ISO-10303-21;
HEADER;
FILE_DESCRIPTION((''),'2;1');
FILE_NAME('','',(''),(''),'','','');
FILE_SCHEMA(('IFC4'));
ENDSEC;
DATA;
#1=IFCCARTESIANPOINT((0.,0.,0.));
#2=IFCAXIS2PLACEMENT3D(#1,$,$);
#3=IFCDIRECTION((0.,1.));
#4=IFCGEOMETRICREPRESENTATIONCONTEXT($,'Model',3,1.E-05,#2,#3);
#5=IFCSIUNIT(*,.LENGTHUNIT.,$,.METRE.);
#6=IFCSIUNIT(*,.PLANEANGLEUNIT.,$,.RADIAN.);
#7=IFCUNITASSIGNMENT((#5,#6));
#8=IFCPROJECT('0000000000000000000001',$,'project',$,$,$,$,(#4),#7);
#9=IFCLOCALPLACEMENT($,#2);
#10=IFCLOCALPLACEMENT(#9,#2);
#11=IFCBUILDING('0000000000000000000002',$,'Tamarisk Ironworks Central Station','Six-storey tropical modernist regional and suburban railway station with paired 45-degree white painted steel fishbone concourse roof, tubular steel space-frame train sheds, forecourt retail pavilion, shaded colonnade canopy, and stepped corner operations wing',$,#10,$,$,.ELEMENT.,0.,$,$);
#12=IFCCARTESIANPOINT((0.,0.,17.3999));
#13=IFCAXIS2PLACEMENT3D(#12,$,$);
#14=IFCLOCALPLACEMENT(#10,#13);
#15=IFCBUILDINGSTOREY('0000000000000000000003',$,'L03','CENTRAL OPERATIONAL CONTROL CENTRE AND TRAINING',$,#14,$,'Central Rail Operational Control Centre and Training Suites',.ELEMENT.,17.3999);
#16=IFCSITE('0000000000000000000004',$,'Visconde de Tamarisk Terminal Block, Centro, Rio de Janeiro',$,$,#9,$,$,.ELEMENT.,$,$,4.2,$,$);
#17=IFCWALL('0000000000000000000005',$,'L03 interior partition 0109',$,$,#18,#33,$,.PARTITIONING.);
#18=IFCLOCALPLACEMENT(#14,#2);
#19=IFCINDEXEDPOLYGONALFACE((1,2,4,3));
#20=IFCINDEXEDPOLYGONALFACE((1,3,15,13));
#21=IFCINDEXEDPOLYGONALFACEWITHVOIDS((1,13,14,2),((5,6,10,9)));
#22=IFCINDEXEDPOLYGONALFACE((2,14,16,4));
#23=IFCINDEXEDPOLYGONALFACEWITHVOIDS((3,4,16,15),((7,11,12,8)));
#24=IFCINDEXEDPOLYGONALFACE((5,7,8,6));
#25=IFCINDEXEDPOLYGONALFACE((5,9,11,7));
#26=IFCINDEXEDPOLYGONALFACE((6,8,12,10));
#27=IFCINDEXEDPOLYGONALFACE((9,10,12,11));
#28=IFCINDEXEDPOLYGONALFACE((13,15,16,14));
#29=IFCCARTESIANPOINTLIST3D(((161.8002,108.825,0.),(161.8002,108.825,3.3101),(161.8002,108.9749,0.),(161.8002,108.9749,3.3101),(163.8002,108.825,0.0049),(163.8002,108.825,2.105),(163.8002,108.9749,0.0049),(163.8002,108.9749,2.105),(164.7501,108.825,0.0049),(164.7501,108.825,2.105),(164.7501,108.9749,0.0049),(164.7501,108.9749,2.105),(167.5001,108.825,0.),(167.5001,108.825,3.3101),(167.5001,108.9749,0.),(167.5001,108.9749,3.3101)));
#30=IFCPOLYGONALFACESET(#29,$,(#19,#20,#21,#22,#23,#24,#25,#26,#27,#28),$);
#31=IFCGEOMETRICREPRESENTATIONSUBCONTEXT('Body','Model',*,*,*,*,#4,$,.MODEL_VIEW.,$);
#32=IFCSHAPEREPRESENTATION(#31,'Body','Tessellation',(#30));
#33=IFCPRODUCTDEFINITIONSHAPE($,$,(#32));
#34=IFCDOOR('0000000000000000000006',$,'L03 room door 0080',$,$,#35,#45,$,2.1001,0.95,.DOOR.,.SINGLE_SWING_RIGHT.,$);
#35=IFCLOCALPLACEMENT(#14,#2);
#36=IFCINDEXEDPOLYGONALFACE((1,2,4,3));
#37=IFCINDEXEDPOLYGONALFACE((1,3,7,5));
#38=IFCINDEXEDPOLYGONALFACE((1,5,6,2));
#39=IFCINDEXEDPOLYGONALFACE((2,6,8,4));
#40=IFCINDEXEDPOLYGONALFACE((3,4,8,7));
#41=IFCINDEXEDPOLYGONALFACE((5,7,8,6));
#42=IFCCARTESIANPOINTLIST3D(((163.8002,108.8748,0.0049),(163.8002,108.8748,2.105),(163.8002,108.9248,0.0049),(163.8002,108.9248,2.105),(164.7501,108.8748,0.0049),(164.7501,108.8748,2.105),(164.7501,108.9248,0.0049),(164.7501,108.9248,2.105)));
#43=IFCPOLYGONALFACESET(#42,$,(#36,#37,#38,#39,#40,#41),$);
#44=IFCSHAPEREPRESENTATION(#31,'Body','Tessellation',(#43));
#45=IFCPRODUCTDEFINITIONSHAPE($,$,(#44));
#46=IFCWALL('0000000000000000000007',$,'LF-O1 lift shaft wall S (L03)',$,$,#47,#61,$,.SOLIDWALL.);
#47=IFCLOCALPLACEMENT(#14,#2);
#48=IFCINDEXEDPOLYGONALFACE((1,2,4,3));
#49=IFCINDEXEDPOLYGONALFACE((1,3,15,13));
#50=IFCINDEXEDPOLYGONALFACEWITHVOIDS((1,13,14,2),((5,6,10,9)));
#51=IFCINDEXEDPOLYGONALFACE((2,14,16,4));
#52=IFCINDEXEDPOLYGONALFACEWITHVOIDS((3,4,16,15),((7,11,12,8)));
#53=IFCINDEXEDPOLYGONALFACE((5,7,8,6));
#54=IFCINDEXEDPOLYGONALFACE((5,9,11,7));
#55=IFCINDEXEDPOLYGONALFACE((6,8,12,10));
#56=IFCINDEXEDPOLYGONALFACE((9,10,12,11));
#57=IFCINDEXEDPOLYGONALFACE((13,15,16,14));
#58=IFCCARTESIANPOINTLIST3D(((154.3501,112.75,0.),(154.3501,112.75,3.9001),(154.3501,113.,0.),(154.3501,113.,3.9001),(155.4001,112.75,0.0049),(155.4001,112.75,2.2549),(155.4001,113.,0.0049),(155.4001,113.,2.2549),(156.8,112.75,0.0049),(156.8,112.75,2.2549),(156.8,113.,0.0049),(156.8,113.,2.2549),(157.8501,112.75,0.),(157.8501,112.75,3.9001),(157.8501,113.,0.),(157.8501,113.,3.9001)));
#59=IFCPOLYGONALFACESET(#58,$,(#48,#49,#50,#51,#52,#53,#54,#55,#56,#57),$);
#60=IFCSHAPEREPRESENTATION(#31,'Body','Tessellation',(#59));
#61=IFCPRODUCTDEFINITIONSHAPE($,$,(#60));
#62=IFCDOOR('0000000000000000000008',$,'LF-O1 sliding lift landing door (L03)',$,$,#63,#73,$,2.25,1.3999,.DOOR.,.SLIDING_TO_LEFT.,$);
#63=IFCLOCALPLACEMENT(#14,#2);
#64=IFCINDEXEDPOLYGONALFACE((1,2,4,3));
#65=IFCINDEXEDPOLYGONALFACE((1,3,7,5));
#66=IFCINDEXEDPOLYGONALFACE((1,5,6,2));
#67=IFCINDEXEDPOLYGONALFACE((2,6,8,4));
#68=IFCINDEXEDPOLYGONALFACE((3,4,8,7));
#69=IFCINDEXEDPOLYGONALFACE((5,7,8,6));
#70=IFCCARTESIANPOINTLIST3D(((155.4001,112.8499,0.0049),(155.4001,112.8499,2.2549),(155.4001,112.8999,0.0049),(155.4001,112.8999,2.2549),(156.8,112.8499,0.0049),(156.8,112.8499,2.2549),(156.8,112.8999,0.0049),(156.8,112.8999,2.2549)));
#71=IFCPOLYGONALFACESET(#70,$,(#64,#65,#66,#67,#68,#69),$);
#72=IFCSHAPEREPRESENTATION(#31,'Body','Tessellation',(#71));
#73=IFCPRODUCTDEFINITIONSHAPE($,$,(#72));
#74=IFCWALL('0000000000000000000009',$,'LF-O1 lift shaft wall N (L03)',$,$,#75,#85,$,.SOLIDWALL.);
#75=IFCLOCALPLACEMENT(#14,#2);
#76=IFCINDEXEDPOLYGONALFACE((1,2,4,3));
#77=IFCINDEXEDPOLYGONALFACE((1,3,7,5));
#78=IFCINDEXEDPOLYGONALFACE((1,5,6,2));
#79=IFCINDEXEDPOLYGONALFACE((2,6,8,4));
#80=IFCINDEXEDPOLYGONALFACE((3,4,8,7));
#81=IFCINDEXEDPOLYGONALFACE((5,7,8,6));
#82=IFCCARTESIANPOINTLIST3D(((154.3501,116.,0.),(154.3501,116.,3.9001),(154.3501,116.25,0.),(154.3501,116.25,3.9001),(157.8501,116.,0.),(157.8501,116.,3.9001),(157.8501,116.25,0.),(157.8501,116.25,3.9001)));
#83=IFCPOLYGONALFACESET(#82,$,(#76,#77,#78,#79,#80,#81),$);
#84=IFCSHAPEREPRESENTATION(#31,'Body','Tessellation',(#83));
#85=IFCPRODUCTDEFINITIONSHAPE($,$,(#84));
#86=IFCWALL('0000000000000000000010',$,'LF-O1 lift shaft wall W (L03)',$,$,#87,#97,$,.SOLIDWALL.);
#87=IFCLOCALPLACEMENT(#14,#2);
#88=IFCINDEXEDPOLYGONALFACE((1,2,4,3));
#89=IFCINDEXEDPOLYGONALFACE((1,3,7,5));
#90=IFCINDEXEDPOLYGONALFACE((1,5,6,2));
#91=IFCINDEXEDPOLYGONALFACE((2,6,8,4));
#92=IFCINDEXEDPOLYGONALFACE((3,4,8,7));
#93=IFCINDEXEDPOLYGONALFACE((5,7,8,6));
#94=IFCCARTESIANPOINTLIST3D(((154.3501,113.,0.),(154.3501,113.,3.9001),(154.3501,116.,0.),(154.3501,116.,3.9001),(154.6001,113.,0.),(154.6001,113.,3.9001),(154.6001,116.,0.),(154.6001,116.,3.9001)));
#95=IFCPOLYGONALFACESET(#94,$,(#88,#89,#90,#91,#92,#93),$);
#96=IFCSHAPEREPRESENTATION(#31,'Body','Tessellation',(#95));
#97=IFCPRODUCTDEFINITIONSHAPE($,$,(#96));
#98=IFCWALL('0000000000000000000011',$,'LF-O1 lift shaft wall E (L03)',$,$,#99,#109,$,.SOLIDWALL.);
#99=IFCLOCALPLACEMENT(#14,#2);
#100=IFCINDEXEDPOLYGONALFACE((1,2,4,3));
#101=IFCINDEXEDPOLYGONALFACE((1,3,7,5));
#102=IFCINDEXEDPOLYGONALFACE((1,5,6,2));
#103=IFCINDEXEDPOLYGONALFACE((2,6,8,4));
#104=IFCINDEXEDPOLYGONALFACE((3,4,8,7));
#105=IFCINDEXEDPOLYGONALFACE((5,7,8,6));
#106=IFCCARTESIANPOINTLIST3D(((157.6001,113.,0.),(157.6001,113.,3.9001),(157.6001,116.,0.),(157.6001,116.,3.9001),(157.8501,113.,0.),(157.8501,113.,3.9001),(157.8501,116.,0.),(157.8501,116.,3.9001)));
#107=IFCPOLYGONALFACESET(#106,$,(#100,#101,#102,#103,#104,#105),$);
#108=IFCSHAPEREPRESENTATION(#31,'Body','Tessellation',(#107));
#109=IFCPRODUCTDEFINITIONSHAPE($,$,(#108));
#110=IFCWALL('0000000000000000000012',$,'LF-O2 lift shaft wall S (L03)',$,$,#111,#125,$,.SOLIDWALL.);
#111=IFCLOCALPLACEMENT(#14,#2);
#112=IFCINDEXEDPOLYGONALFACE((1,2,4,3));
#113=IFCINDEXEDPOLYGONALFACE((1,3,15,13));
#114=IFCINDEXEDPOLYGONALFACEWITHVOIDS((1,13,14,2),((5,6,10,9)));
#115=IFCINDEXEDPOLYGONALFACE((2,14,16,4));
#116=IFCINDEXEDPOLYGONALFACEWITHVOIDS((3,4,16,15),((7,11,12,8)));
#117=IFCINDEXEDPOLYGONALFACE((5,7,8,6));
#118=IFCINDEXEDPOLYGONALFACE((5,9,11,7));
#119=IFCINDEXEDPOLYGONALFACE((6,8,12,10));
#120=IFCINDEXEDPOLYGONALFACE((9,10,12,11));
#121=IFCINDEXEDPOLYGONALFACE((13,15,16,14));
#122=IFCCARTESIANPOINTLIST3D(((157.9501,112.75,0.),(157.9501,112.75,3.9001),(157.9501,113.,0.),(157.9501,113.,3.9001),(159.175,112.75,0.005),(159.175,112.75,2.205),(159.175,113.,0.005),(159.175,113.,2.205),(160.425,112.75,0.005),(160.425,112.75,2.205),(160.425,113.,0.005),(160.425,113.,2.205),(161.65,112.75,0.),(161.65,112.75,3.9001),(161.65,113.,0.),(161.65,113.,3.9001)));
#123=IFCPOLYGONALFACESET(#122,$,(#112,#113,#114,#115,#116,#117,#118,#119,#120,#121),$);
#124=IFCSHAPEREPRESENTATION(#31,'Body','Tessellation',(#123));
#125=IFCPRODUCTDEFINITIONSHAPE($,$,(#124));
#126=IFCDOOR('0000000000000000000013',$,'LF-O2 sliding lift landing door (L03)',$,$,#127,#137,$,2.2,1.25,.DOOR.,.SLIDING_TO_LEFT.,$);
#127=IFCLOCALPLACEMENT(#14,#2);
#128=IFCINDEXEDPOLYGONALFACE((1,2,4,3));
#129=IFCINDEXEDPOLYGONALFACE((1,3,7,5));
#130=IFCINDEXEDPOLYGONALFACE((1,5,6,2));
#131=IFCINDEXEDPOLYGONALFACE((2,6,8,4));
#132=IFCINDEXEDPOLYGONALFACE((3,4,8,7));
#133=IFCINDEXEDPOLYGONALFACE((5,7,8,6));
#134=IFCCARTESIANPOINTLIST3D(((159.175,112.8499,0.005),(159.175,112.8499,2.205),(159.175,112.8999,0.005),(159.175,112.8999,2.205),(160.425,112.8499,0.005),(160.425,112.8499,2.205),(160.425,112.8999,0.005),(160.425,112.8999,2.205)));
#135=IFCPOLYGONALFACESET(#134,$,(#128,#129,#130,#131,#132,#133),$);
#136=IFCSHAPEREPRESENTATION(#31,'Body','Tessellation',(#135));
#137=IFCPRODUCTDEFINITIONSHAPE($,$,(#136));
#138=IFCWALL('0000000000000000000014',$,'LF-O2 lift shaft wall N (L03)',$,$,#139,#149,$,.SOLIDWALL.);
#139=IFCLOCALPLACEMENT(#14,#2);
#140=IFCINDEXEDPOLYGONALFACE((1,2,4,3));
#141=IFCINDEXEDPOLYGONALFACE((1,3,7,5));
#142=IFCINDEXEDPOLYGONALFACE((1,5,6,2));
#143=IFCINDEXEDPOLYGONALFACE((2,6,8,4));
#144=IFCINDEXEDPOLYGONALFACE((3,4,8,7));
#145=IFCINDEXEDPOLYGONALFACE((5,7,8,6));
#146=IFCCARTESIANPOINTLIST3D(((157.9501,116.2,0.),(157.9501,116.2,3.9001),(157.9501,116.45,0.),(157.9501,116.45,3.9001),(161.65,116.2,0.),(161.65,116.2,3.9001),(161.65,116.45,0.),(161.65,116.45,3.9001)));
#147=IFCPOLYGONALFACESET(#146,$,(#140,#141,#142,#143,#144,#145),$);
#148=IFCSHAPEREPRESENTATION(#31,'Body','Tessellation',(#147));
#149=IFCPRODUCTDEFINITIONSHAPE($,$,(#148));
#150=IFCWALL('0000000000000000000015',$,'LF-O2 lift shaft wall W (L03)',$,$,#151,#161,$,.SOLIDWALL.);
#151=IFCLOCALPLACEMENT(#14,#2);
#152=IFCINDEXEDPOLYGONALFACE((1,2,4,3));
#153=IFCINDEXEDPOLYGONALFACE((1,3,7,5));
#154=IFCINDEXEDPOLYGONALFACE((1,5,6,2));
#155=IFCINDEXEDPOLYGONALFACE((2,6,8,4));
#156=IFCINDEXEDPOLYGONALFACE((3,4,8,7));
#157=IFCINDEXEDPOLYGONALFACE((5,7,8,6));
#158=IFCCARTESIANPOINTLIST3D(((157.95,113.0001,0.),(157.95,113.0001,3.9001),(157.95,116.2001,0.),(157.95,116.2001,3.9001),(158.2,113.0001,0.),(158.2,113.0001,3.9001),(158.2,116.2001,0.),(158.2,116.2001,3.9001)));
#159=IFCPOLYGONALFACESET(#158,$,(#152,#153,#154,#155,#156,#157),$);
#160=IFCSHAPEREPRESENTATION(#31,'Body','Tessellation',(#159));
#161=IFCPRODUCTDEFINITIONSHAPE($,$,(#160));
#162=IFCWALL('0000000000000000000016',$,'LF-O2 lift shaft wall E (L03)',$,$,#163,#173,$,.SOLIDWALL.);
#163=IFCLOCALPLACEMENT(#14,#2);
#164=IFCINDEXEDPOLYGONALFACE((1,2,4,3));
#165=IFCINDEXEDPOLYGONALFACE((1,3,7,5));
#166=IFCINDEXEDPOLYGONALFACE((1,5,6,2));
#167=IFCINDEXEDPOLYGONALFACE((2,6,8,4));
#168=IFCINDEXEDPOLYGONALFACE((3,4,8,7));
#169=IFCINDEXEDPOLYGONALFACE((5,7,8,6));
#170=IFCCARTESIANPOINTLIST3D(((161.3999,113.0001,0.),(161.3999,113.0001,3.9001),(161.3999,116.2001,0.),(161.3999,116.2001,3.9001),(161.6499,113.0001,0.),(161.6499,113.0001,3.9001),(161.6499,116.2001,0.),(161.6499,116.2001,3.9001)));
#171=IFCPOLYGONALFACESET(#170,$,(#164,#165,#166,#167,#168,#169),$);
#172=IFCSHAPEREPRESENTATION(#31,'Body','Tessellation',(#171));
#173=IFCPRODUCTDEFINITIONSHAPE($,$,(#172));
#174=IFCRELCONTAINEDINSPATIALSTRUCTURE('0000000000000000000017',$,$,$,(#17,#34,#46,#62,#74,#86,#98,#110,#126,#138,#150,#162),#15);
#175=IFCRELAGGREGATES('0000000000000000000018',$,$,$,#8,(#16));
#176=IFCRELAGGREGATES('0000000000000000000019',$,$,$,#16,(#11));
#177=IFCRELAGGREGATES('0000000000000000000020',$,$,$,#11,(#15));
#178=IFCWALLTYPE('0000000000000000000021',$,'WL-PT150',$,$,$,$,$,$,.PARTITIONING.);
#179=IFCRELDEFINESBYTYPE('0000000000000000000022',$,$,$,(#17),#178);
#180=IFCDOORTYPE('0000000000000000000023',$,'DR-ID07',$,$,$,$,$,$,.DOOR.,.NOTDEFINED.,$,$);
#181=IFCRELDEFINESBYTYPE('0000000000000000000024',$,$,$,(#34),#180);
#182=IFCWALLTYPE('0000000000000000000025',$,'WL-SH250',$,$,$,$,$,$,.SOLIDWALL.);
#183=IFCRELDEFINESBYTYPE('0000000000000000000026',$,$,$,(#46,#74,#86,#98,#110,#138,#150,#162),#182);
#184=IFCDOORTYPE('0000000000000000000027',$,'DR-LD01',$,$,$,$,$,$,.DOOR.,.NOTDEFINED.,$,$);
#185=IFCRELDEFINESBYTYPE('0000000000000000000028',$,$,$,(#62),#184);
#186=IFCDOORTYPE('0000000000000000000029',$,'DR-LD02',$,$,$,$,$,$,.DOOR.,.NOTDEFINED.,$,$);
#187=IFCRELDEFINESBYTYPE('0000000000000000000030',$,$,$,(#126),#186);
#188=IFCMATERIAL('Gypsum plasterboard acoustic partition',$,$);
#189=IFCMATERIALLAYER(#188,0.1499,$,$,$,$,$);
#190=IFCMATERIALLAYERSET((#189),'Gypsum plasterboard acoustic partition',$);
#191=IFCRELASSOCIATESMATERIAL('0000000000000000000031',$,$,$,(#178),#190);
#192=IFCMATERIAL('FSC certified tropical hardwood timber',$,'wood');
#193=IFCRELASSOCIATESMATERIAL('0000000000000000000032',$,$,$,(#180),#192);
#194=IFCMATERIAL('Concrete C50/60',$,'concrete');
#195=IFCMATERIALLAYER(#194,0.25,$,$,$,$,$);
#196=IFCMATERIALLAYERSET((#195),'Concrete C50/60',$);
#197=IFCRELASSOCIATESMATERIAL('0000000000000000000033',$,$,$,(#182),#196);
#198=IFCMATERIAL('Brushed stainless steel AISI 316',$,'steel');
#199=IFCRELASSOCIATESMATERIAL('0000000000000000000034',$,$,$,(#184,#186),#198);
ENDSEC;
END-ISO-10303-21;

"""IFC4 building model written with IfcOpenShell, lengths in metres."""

from ifc_helpers import new_model, si_unit, direction, frame, frame_2d, origin, place, context, subcontext, project, spatial, rectangle, extrude, material, layer, layer_set, type_object, element, fill, save


model = new_model("IFC4")

# Units and contexts
model_context = context("Model", 3, precision=1e-05, world=origin(), true_north=direction((0.0, 1.0)))
body_context = subcontext(model_context, "Body", "Model", "MODEL_VIEW")
ifc_project = project(units=[si_unit("LENGTHUNIT", "METRE"), si_unit("PLANEANGLEUNIT", "RADIAN")], contexts=[model_context])

# Site, building, storey
site_placement = place(None, origin())
site = spatial("IfcSite", under=ifc_project, at=site_placement, Name="Visconde de Tamarisk Terminal Block, Centro, Rio de Janeiro", CompositionType="ELEMENT", RefElevation=4.2)
building_placement = place(site_placement, origin())
building = spatial("IfcBuilding", under=site, at=building_placement, Name="Tamarisk Ironworks Central Station", Description="Six-storey tropical modernist regional and suburban railway station with paired 45-degree white painted steel fishbone concourse roof, tubular steel space-frame train sheds, forecourt retail pavilion, shaded colonnade canopy, and stepped corner operations wing", CompositionType="ELEMENT", ElevationOfRefHeight=0.0)
storey_placement = place(building_placement, frame((0.0, 0.0, 17.3999)))
storey = spatial("IfcBuildingStorey", under=building, at=storey_placement, Name="L03", Description="CENTRAL OPERATIONAL CONTROL CENTRE AND TRAINING", LongName="Central Rail Operational Control Centre and Training Suites", CompositionType="ELEMENT", Elevation=17.3999)

# Shared definitions
ifc_material_1 = material(Name="Gypsum plasterboard acoustic partition")

# Walls, openings, doors
ifc_layer_1 = layer(ifc_material_1, 0.1499)
ifc_layer_set_1 = layer_set([ifc_layer_1], Name="Gypsum plasterboard acoustic partition")
wall_type_1 = type_object("IfcWallType", Name="WL-PT150", PredefinedType="PARTITIONING", material=ifc_layer_set_1)
wall_1_placement = place(storey_placement, frame((161.8, 108.8999, 0.0), z_axis=(0.0, 0.0, 1.0), x_axis=(1.0, 0.0, 0.0)))
wall_1 = element("IfcWall", 1, at=wall_1_placement, inside=storey, type_object=wall_type_1, Name="L03 interior partition 0109", PredefinedType="PARTITIONING", context=body_context, shape_type="SweptSolid", body=[
    extrude(rectangle(XDim=5.7, YDim=0.1499, at=frame_2d((2.8501, 0.0))), origin(), (0.0, 0.0, 1.0), 3.3101),
])
opening_1_placement = place(wall_1_placement, frame((2.0, 0.0, 0.0049)))
opening_1 = element("IfcOpeningElement", 2, at=opening_1_placement, cuts=wall_1, PredefinedType="OPENING", context=body_context, shape_type="SweptSolid", body=[
    extrude(rectangle(XDim=0.95, YDim=2.1001, at=frame_2d((0.4751, 1.05))), frame((0.0, 0.0869, 0.0), z_axis=(0.0, -1.0, 0.0), x_axis=(1.0, 0.0, 0.0)), (0.0, 0.0, 1.0), 0.1738),
])
ifc_material_2 = material(Name="FSC certified tropical hardwood timber", Category="wood")
door_type_1 = type_object("IfcDoorType", Name="DR-ID07", OperationType="NOTDEFINED", PredefinedType="DOOR", material=ifc_material_2)
door_1_placement = place(opening_1_placement, origin())
door_1 = element("IfcDoor", 3, at=door_1_placement, inside=storey, type_object=door_type_1, Name="L03 room door 0080", OperationType="SINGLE_SWING_RIGHT", OverallHeight=2.1001, OverallWidth=0.95, PredefinedType="DOOR", context=body_context, shape_type="SweptSolid", body=[
    extrude(rectangle(XDim=0.95, YDim=2.1001, at=frame_2d((0.4751, 1.05))), frame((0.0, 0.0249, 0.0), z_axis=(0.0, -1.0, 0.0), x_axis=(1.0, 0.0, 0.0)), (0.0, 0.0, 1.0), 0.05),
])
fill(opening_1, door_1)
ifc_material_3 = material(Name="Concrete C50/60", Category="concrete")
ifc_layer_2 = layer(ifc_material_3, 0.25)
ifc_layer_set_2 = layer_set([ifc_layer_2], Name="Concrete C50/60")
wall_type_2 = type_object("IfcWallType", Name="WL-SH250", PredefinedType="SOLIDWALL", material=ifc_layer_set_2)
wall_2_placement = place(storey_placement, frame((154.3501, 112.875, 0.0), z_axis=(0.0, 0.0, 1.0), x_axis=(1.0, 0.0, 0.0)))
wall_2 = element("IfcWall", 4, at=wall_2_placement, inside=storey, type_object=wall_type_2, Name="LF-O1 lift shaft wall S (L03)", PredefinedType="SOLIDWALL", context=body_context, shape_type="SweptSolid", body=[
    extrude(rectangle(XDim=3.5, YDim=0.25, at=frame_2d((1.75, 0.0))), origin(), (0.0, 0.0, 1.0), 3.9001),
])
opening_2_placement = place(wall_2_placement, frame((1.05, 0.0, 0.0049)))
opening_2 = element("IfcOpeningElement", 5, at=opening_2_placement, cuts=wall_2, PredefinedType="OPENING", context=body_context, shape_type="SweptSolid", body=[
    extrude(rectangle(XDim=1.3999, YDim=2.25, at=frame_2d((0.7, 1.125))), frame((0.0, 0.137, 0.0), z_axis=(0.0, -1.0, 0.0), x_axis=(1.0, 0.0, 0.0)), (0.0, 0.0, 1.0), 0.2739),
])
ifc_material_4 = material(Name="Brushed stainless steel AISI 316", Category="steel")
door_type_2 = type_object("IfcDoorType", Name="DR-LD01", OperationType="NOTDEFINED", PredefinedType="DOOR", material=ifc_material_4)
door_2_placement = place(opening_2_placement, origin())
door_2 = element("IfcDoor", 6, at=door_2_placement, inside=storey, type_object=door_type_2, Name="LF-O1 sliding lift landing door (L03)", OperationType="SLIDING_TO_LEFT", OverallHeight=2.25, OverallWidth=1.3999, PredefinedType="DOOR", context=body_context, shape_type="SweptSolid", body=[
    extrude(rectangle(XDim=1.3999, YDim=2.25, at=frame_2d((0.7, 1.125))), frame((0.0, 0.0249, 0.0), z_axis=(0.0, -1.0, 0.0), x_axis=(1.0, 0.0, 0.0)), (0.0, 0.0, 1.0), 0.05),
])
fill(opening_2, door_2)

# Walls
wall_3_placement = place(storey_placement, frame((154.3501, 116.125, 0.0), z_axis=(0.0, 0.0, 1.0), x_axis=(1.0, 0.0, 0.0)))
element("IfcWall", 7, at=wall_3_placement, inside=storey, type_object=wall_type_2, Name="LF-O1 lift shaft wall N (L03)", PredefinedType="SOLIDWALL", context=body_context, shape_type="SweptSolid", body=[
    extrude(rectangle(XDim=3.5, YDim=0.25, at=frame_2d((1.75, 0.0))), origin(), (0.0, 0.0, 1.0), 3.9001),
])
for number, where, z_axis, x_axis, name in (
    (8, (154.4751, 113.0, 0.0), (0.0, 0.0, 1.0), (0.0, 1.0, 0.0), "LF-O1 lift shaft wall W (L03)"),
    (9, (157.7251, 113.0, 0.0), (0.0, 0.0, 1.0), (0.0, 1.0, 0.0), "LF-O1 lift shaft wall E (L03)"),
):
    element("IfcWall", number, at=place(storey_placement, frame(where, z_axis=z_axis, x_axis=x_axis)), inside=storey, type_object=wall_type_2, Name=name, PredefinedType="SOLIDWALL", context=body_context, shape_type="SweptSolid", body=[
        extrude(rectangle(XDim=3.0, YDim=0.25, at=frame_2d((1.5, 0.0))), origin(), (0.0, 0.0, 1.0), 3.9001),
    ])

# Wall, opening, door
wall_4_placement = place(storey_placement, frame((157.95, 112.875, 0.0), z_axis=(0.0, 0.0, 1.0), x_axis=(1.0, 0.0, 0.0)))
wall_4 = element("IfcWall", 10, at=wall_4_placement, inside=storey, type_object=wall_type_2, Name="LF-O2 lift shaft wall S (L03)", PredefinedType="SOLIDWALL", context=body_context, shape_type="SweptSolid", body=[
    extrude(rectangle(XDim=3.7, YDim=0.25, at=frame_2d((1.8501, 0.0))), origin(), (0.0, 0.0, 1.0), 3.9001),
])
opening_3_placement = place(wall_4_placement, frame((1.2251, 0.0, 0.0049)))
opening_3 = element("IfcOpeningElement", 11, at=opening_3_placement, cuts=wall_4, PredefinedType="OPENING", context=body_context, shape_type="SweptSolid", body=[
    extrude(rectangle(XDim=1.25, YDim=2.2, at=frame_2d((0.625, 1.1001))), frame((0.0, 0.137, 0.0), z_axis=(0.0, -1.0, 0.0), x_axis=(1.0, 0.0, 0.0)), (0.0, 0.0, 1.0), 0.2739),
])
door_type_3 = type_object("IfcDoorType", Name="DR-LD02", OperationType="NOTDEFINED", PredefinedType="DOOR", material=ifc_material_4)
door_3_placement = place(opening_3_placement, origin())
door_3 = element("IfcDoor", 12, at=door_3_placement, inside=storey, type_object=door_type_3, Name="LF-O2 sliding lift landing door (L03)", OperationType="SLIDING_TO_LEFT", OverallHeight=2.2, OverallWidth=1.25, PredefinedType="DOOR", context=body_context, shape_type="SweptSolid", body=[
    extrude(rectangle(XDim=1.25, YDim=2.2, at=frame_2d((0.625, 1.1001))), frame((0.0, 0.0249, 0.0), z_axis=(0.0, -1.0, 0.0), x_axis=(1.0, 0.0, 0.0)), (0.0, 0.0, 1.0), 0.05),
])
fill(opening_3, door_3)

# Walls
wall_5_placement = place(storey_placement, frame((157.95, 116.325, 0.0), z_axis=(0.0, 0.0, 1.0), x_axis=(1.0, 0.0, 0.0)))
element("IfcWall", 13, at=wall_5_placement, inside=storey, type_object=wall_type_2, Name="LF-O2 lift shaft wall N (L03)", PredefinedType="SOLIDWALL", context=body_context, shape_type="SweptSolid", body=[
    extrude(rectangle(XDim=3.7, YDim=0.25, at=frame_2d((1.8501, 0.0))), origin(), (0.0, 0.0, 1.0), 3.9001),
])
for number, where, z_axis, x_axis, name in (
    (14, (158.075, 113.0, 0.0), (0.0, 0.0, 1.0), (0.0, 1.0, 0.0), "LF-O2 lift shaft wall W (L03)"),
    (15, (161.5249, 113.0, 0.0), (0.0, 0.0, 1.0), (0.0, 1.0, 0.0), "LF-O2 lift shaft wall E (L03)"),
):
    element("IfcWall", number, at=place(storey_placement, frame(where, z_axis=z_axis, x_axis=x_axis)), inside=storey, type_object=wall_type_2, Name=name, PredefinedType="SOLIDWALL", context=body_context, shape_type="SweptSolid", body=[
        extrude(rectangle(XDim=3.2, YDim=0.25, at=frame_2d((1.6001, 0.0))), origin(), (0.0, 0.0, 1.0), 3.9001),
    ])

save(model, "model.ifc")
